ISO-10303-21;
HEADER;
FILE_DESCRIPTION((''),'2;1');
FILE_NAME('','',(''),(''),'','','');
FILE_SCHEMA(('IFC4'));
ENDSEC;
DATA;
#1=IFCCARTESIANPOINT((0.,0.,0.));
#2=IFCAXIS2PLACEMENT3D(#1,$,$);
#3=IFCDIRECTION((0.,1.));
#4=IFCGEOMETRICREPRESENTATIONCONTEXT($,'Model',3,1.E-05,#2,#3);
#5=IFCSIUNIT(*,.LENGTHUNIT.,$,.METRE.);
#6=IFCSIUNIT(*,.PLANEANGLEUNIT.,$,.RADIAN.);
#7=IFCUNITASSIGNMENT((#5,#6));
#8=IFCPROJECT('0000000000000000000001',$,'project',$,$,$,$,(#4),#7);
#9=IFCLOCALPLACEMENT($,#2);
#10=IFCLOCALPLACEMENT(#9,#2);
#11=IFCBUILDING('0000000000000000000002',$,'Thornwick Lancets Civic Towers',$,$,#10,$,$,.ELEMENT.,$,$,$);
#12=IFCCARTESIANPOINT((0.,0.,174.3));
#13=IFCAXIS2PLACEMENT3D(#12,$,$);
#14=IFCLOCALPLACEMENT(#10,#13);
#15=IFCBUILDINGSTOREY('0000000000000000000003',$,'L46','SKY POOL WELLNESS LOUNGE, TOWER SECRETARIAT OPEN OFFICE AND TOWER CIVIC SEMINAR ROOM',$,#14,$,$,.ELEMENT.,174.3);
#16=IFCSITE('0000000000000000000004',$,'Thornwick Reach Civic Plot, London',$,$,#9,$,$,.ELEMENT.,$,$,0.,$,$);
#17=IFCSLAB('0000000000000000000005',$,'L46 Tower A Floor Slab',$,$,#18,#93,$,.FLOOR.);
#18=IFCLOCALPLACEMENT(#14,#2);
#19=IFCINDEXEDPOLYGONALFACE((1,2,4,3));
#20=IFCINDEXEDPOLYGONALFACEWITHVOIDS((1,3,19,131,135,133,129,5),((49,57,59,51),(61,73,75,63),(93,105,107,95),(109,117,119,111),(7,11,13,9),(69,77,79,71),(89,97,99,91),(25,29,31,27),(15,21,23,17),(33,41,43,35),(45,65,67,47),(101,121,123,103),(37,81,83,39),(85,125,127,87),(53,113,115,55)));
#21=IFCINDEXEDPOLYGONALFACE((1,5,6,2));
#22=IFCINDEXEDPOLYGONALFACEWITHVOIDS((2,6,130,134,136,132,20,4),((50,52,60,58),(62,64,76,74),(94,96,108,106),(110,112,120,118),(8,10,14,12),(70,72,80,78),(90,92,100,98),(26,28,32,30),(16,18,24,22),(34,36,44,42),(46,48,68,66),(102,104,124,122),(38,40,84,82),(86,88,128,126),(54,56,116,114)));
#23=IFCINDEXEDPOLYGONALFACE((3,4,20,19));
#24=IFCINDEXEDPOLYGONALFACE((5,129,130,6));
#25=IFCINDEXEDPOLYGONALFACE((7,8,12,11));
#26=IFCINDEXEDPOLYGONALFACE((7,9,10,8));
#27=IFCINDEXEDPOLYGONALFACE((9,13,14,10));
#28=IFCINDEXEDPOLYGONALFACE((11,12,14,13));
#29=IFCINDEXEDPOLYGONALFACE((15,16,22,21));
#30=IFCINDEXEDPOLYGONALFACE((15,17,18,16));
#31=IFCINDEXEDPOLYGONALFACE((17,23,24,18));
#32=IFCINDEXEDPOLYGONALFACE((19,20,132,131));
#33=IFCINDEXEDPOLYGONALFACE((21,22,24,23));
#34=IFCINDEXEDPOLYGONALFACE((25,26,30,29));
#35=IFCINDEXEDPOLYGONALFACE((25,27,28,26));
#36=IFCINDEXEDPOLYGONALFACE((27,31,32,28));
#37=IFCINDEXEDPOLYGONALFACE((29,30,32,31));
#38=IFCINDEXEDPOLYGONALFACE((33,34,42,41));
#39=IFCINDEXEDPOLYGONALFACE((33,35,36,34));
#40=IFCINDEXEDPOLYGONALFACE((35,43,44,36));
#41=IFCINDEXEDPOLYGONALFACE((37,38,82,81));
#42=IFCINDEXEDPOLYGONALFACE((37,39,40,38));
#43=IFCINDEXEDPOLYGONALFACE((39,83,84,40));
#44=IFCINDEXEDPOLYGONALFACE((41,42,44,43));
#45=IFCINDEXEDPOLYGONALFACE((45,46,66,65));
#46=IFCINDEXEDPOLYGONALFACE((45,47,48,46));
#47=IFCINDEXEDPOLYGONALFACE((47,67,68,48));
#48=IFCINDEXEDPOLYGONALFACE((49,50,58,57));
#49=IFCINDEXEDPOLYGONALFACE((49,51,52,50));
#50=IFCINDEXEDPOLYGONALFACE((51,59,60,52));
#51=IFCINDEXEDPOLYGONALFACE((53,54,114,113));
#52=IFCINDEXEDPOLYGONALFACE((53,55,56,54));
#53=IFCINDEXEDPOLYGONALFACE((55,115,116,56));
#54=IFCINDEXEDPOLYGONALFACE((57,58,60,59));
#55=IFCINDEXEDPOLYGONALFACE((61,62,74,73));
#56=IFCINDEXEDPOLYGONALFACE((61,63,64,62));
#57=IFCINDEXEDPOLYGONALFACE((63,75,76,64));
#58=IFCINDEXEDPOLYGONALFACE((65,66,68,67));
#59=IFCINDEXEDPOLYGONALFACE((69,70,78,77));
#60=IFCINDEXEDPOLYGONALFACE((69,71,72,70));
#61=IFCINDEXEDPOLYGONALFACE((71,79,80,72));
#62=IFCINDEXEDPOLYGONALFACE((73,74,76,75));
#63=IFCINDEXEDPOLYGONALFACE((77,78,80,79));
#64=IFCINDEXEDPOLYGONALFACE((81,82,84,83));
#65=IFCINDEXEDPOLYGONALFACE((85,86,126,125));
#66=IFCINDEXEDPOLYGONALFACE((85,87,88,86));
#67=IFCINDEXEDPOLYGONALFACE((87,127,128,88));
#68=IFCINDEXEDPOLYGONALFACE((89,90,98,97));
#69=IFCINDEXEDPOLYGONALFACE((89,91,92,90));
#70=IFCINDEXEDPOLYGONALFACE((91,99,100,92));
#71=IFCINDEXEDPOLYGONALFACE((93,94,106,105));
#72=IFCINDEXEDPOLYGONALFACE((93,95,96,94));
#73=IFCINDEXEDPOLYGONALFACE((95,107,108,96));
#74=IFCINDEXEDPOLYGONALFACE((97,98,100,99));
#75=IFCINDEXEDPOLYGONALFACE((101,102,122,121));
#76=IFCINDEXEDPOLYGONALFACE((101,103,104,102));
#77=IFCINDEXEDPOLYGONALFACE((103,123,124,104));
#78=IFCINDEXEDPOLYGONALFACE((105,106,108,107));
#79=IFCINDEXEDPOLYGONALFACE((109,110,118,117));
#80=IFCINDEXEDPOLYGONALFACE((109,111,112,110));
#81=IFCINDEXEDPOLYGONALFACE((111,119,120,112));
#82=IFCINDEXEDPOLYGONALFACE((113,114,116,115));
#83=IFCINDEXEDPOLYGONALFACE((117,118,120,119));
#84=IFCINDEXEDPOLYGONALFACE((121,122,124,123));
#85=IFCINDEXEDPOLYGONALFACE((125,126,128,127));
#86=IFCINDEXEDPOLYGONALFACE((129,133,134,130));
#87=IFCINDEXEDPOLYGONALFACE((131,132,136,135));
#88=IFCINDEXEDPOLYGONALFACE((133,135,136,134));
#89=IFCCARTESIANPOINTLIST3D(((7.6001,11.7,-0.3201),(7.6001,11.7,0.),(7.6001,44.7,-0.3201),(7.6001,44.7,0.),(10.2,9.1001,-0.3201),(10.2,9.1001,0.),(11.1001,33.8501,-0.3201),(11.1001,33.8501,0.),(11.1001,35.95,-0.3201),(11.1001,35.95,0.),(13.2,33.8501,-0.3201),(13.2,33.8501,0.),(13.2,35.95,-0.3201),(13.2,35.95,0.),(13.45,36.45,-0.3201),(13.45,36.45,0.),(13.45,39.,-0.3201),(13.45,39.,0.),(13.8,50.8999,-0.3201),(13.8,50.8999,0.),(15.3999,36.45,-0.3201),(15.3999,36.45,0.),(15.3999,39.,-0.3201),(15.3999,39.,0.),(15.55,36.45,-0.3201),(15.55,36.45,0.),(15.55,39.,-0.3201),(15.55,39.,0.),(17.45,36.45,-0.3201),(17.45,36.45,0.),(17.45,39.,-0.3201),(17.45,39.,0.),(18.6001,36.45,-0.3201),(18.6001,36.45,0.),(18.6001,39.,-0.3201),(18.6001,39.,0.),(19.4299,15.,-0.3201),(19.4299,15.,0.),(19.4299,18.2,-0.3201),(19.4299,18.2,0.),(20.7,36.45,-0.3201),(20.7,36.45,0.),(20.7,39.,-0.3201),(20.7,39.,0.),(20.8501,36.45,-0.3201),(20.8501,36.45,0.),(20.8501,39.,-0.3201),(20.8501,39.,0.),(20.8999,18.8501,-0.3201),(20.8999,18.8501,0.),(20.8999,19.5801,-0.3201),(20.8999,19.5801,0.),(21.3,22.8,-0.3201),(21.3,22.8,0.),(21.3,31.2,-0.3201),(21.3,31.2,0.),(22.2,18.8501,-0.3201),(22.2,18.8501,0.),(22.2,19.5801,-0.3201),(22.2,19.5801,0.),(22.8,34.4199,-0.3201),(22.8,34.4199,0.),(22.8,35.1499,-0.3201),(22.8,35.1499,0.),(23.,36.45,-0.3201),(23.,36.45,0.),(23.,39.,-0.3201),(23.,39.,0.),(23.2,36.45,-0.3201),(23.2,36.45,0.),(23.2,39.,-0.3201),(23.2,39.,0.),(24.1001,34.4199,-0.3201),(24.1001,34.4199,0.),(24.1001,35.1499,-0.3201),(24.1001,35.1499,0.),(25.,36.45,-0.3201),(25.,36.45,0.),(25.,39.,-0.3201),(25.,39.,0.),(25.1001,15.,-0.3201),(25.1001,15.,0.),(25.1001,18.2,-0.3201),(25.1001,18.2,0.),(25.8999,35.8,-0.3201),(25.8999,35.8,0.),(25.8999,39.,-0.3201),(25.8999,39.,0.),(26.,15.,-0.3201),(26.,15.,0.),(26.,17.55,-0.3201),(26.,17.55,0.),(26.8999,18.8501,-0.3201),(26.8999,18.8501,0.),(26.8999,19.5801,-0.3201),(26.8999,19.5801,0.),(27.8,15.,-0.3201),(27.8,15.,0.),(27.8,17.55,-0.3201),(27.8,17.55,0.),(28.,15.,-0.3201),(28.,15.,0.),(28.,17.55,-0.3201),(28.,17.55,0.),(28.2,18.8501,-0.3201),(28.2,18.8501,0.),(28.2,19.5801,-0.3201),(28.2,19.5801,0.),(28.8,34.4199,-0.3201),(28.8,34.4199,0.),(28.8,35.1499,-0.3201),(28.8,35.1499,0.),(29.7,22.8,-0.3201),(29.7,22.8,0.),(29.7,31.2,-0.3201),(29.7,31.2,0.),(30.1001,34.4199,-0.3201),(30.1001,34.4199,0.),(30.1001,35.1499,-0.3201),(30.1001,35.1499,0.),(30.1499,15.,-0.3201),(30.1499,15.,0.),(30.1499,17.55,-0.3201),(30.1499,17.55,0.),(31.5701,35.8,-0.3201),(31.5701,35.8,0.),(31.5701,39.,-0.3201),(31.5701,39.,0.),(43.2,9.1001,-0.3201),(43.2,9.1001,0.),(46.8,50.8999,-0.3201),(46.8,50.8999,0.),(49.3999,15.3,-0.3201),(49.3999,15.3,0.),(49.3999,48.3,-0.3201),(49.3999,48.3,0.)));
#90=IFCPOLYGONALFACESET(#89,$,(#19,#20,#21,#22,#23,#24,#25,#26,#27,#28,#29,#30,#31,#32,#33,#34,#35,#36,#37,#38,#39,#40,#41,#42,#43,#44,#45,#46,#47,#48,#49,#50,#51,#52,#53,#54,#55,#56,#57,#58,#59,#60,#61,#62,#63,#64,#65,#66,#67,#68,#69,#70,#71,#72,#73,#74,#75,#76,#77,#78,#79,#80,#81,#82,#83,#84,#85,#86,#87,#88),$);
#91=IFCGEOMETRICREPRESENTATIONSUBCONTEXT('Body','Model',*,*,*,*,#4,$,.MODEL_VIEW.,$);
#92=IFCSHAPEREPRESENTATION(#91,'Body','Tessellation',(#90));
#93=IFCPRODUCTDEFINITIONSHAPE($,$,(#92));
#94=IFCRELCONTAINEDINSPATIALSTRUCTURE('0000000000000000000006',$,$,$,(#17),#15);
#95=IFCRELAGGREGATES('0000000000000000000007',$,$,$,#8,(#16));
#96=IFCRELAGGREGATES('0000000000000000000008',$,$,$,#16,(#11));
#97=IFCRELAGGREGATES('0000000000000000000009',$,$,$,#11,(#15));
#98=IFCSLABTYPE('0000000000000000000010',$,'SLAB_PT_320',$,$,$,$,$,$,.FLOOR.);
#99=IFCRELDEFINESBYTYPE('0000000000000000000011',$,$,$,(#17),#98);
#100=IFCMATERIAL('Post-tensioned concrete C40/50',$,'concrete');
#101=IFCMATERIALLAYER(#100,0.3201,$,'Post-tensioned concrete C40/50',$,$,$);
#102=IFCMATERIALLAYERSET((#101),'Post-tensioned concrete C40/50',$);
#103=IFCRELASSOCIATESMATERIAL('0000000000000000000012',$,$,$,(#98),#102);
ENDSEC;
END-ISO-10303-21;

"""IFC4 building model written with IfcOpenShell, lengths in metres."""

from ifc_helpers import new_model, si_unit, direction, frame, origin, place, context, subcontext, project, spatial, polyline, outline, extrude, material, layer, layer_set, type_object, element, save


model = new_model("IFC4")

# Units and contexts
model_context = context("Model", 3, precision=1e-05, world=origin(), true_north=direction((0.0, 1.0)))
body_context = subcontext(model_context, "Body", "Model", "MODEL_VIEW")
ifc_project = project(units=[si_unit("LENGTHUNIT", "METRE"), si_unit("PLANEANGLEUNIT", "RADIAN")], contexts=[model_context])

# Site, building, storey
site_placement = place(None, origin())
site = spatial("IfcSite", under=ifc_project, at=site_placement, Name="Thornwick Reach Civic Plot, London", CompositionType="ELEMENT", RefElevation=0.0)
building_placement = place(site_placement, origin())
building = spatial("IfcBuilding", under=site, at=building_placement, Name="Thornwick Lancets Civic Towers", CompositionType="ELEMENT")
storey_placement = place(building_placement, frame((0.0, 0.0, 174.3)))
storey = spatial("IfcBuildingStorey", under=building, at=storey_placement, Name="L46", Description="SKY POOL WELLNESS LOUNGE, TOWER SECRETARIAT OPEN OFFICE AND TOWER CIVIC SEMINAR ROOM", CompositionType="ELEMENT", Elevation=174.3)

# Slab
ifc_material_1 = material(Name="Post-tensioned concrete C40/50", Category="concrete")
ifc_layer_1 = layer(ifc_material_1, 0.3201, Name="Post-tensioned concrete C40/50")
ifc_layer_set_1 = layer_set([ifc_layer_1], Name="Post-tensioned concrete C40/50")
slab_type_1 = type_object("IfcSlabType", Name="SLAB_PT_320", PredefinedType="FLOOR", material=ifc_layer_set_1)
slab_1_placement = place(storey_placement, frame((0.0, 0.0, -0.3201)))
element("IfcSlab", 1, at=slab_1_placement, inside=storey, type_object=slab_type_1, Name="L46 Tower A Floor Slab", PredefinedType="FLOOR", context=body_context, shape_type="SweptSolid", body=[
    extrude(outline(polyline([(10.2, 9.1001), (43.2, 9.1001), (49.3999, 15.3), (49.3999, 48.3), (46.8, 50.8999), (13.8, 50.8999), (7.6001, 44.7), (7.6001, 11.7), (10.2, 9.1001)]), holes=[polyline([(21.3, 22.8), (29.7, 22.8), (29.7, 31.2), (21.3, 31.2), (21.3, 22.8)]), polyline([(19.4299, 15.0), (25.1001, 15.0), (25.1001, 18.2), (19.4299, 18.2), (19.4299, 15.0)]), polyline([(31.5701, 39.0), (25.8999, 39.0), (25.8999, 35.8), (31.5701, 35.8), (31.5701, 39.0)]), polyline([(26.0, 15.0), (27.8, 15.0), (27.8, 17.55), (26.0, 17.55), (26.0, 15.0)]), polyline([(28.0, 15.0), (30.1499, 15.0), (30.1499, 17.55), (28.0, 17.55), (28.0, 15.0)]), polyline([(23.2, 36.45), (25.0, 36.45), (25.0, 39.0), (23.2, 39.0), (23.2, 36.45)]), polyline([(20.8501, 36.45), (23.0, 36.45), (23.0, 39.0), (20.8501, 39.0), (20.8501, 36.45)]), polyline([(18.6001, 36.45), (20.7, 36.45), (20.7, 39.0), (18.6001, 39.0), (18.6001, 36.45)]), polyline([(15.55, 36.45), (17.45, 36.45), (17.45, 39.0), (15.55, 39.0), (15.55, 36.45)]), polyline([(13.45, 36.45), (15.3999, 36.45), (15.3999, 39.0), (13.45, 39.0), (13.45, 36.45)]), polyline([(11.1001, 33.8501), (13.2, 33.8501), (13.2, 35.95), (11.1001, 35.95), (11.1001, 33.8501)]), polyline([(26.8999, 18.8501), (28.2, 18.8501), (28.2, 19.5801), (26.8999, 19.5801), (26.8999, 18.8501)]), polyline([(20.8999, 18.8501), (22.2, 18.8501), (22.2, 19.5801), (20.8999, 19.5801), (20.8999, 18.8501)]), polyline([(22.8, 34.4199), (24.1001, 34.4199), (24.1001, 35.1499), (22.8, 35.1499), (22.8, 34.4199)]), polyline([(28.8, 34.4199), (30.1001, 34.4199), (30.1001, 35.1499), (28.8, 35.1499), (28.8, 34.4199)])]), origin(), (0.0, 0.0, 1.0), 0.3201),
])

save(model, "model.ifc")
